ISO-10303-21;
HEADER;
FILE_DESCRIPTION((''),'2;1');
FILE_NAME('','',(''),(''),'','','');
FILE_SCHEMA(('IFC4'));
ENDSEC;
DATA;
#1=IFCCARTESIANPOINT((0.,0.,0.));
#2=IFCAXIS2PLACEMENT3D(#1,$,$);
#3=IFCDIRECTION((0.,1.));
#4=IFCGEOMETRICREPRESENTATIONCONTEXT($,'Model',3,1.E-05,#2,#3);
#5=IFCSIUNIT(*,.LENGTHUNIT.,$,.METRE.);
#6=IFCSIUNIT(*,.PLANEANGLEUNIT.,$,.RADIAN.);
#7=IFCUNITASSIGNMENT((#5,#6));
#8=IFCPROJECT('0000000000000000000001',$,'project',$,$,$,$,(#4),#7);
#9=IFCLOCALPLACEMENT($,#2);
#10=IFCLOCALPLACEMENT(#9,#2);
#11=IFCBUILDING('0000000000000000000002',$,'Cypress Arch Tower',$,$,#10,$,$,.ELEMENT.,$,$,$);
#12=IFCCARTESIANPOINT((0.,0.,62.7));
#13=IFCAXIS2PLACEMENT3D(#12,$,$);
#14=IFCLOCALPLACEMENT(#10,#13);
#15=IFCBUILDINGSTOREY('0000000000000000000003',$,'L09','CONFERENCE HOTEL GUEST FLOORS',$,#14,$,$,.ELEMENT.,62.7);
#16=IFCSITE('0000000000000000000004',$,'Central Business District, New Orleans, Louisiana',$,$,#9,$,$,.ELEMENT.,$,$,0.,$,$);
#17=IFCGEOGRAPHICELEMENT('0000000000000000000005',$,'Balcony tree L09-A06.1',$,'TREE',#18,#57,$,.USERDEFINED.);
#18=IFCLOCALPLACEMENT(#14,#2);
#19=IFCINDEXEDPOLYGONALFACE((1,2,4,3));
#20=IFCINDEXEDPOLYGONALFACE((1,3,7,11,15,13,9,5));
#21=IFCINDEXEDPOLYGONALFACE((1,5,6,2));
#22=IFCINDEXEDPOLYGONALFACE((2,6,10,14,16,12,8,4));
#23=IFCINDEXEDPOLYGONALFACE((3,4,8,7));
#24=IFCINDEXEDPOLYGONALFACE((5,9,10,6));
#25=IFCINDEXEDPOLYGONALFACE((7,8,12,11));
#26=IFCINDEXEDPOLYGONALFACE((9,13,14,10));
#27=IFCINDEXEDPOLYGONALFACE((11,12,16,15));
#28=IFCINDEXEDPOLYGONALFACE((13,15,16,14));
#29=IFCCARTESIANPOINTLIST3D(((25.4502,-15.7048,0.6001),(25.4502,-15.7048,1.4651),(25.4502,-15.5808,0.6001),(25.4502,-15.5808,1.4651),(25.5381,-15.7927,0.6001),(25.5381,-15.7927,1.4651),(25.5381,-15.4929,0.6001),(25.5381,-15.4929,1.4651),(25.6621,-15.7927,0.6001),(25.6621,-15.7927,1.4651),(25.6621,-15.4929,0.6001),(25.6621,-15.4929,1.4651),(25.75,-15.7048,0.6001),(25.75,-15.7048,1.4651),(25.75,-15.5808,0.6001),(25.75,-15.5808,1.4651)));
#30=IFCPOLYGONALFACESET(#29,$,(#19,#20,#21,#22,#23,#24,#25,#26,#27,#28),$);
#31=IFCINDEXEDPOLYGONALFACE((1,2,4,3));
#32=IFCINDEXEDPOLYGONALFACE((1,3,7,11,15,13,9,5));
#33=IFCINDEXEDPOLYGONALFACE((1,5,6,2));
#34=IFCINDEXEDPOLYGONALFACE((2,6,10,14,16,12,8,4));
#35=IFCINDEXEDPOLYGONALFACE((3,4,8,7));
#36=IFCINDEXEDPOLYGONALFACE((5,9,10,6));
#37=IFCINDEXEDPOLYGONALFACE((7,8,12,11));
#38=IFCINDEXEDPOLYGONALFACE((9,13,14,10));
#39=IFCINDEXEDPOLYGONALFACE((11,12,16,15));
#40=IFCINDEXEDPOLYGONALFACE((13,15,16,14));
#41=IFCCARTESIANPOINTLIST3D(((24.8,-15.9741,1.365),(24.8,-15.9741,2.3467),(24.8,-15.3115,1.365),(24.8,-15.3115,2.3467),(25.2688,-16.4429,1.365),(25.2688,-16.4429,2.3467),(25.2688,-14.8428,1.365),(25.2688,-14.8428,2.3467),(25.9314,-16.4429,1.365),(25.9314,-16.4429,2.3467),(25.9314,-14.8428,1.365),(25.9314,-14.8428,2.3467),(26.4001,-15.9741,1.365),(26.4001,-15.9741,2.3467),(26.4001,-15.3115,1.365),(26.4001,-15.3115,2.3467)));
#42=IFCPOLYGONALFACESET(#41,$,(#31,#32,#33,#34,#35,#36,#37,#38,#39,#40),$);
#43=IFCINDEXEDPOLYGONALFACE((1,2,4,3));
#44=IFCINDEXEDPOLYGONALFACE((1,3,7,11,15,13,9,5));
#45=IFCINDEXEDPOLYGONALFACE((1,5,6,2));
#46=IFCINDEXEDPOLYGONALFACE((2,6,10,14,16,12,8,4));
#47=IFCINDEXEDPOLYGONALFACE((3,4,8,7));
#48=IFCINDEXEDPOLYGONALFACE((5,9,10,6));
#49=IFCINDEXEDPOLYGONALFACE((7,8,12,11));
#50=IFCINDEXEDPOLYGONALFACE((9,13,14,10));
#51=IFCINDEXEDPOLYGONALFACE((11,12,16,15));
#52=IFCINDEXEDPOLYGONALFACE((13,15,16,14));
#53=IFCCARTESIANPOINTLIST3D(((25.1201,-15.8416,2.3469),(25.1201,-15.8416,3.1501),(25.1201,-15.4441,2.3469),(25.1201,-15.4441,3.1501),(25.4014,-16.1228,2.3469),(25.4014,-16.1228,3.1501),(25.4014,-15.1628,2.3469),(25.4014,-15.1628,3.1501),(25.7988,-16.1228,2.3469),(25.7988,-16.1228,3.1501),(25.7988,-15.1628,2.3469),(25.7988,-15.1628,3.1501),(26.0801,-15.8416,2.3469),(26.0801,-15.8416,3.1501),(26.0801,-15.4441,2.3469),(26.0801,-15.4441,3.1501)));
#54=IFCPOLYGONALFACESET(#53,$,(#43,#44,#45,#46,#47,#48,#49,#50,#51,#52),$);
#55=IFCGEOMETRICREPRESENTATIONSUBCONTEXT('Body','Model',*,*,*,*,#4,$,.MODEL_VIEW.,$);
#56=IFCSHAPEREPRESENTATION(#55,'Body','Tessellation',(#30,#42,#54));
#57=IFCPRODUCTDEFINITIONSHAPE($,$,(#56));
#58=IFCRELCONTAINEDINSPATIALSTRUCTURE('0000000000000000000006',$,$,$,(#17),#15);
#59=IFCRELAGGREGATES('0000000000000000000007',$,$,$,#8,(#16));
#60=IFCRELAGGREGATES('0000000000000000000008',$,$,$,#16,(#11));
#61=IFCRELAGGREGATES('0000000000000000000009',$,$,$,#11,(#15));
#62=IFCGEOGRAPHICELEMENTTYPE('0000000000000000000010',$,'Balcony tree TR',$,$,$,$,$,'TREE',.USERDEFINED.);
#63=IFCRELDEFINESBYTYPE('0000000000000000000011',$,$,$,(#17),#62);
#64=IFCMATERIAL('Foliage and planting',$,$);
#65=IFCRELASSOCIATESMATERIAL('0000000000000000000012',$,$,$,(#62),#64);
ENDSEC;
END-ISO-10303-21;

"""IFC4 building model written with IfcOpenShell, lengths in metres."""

from ifc_helpers import new_model, si_unit, direction, frame, origin, place, context, subcontext, project, spatial, polyline, outline, extrude, material, type_object, element, save


model = new_model("IFC4")

# Units and contexts
model_context = context("Model", 3, precision=1e-05, world=origin(), true_north=direction((0.0, 1.0)))
body_context = subcontext(model_context, "Body", "Model", "MODEL_VIEW")
ifc_project = project(units=[si_unit("LENGTHUNIT", "METRE"), si_unit("PLANEANGLEUNIT", "RADIAN")], contexts=[model_context])

# Site, building, storey
site_placement = place(None, origin())
site = spatial("IfcSite", under=ifc_project, at=site_placement, Name="Central Business District, New Orleans, Louisiana", CompositionType="ELEMENT", RefElevation=0.0)
building_placement = place(site_placement, origin())
building = spatial("IfcBuilding", under=site, at=building_placement, Name="Cypress Arch Tower", CompositionType="ELEMENT")
storey_placement = place(building_placement, frame((0.0, 0.0, 62.7)))
storey = spatial("IfcBuildingStorey", under=building, at=storey_placement, Name="L09", Description="CONFERENCE HOTEL GUEST FLOORS", CompositionType="ELEMENT", Elevation=62.7)

# Geographic element
ifc_material_1 = material(Name="Foliage and planting")
geographic_element_type = type_object("IfcGeographicElementType", Name="Balcony tree TR", ElementType="TREE", PredefinedType="USERDEFINED", material=ifc_material_1)
geographic_element_placement = place(storey_placement, frame((25.6001, -15.6428, 0.6001), z_axis=(0.0, 0.0, 1.0), x_axis=(1.0, 0.0, 0.0)))
element("IfcGeographicElement", 1, at=geographic_element_placement, inside=storey, type_object=geographic_element_type, Name="Balcony tree L09-A06.1", ObjectType="TREE", PredefinedType="USERDEFINED", context=body_context, shape_type="SweptSolid", body=[
    extrude(outline(polyline([(0.1499, 0.062), (0.062, 0.1499), (-0.062, 0.1499), (-0.1499, 0.062), (-0.1499, -0.062), (-0.062, -0.1499), (0.062, -0.1499), (0.1499, -0.062), (0.1499, 0.062)])), origin(), (0.0, 0.0, 1.0), 0.865),
    extrude(outline(polyline([(0.8, 0.3313), (0.3313, 0.8), (-0.3313, 0.8), (-0.8, 0.3313), (-0.8, -0.3313), (-0.3313, -0.8), (0.3313, -0.8), (0.8, -0.3313), (0.8, 0.3313)])), frame((0.0, 0.0, 0.7649)), (0.0, 0.0, 1.0), 0.9817),
    extrude(outline(polyline([(0.48, 0.1987), (0.1987, 0.48), (-0.1987, 0.48), (-0.48, 0.1987), (-0.48, -0.1987), (-0.1987, -0.48), (0.1987, -0.48), (0.48, -0.1987), (0.48, 0.1987)])), frame((0.0, 0.0, 1.7468)), (0.0, 0.0, 1.0), 0.8032),
])

save(model, "model.ifc")
